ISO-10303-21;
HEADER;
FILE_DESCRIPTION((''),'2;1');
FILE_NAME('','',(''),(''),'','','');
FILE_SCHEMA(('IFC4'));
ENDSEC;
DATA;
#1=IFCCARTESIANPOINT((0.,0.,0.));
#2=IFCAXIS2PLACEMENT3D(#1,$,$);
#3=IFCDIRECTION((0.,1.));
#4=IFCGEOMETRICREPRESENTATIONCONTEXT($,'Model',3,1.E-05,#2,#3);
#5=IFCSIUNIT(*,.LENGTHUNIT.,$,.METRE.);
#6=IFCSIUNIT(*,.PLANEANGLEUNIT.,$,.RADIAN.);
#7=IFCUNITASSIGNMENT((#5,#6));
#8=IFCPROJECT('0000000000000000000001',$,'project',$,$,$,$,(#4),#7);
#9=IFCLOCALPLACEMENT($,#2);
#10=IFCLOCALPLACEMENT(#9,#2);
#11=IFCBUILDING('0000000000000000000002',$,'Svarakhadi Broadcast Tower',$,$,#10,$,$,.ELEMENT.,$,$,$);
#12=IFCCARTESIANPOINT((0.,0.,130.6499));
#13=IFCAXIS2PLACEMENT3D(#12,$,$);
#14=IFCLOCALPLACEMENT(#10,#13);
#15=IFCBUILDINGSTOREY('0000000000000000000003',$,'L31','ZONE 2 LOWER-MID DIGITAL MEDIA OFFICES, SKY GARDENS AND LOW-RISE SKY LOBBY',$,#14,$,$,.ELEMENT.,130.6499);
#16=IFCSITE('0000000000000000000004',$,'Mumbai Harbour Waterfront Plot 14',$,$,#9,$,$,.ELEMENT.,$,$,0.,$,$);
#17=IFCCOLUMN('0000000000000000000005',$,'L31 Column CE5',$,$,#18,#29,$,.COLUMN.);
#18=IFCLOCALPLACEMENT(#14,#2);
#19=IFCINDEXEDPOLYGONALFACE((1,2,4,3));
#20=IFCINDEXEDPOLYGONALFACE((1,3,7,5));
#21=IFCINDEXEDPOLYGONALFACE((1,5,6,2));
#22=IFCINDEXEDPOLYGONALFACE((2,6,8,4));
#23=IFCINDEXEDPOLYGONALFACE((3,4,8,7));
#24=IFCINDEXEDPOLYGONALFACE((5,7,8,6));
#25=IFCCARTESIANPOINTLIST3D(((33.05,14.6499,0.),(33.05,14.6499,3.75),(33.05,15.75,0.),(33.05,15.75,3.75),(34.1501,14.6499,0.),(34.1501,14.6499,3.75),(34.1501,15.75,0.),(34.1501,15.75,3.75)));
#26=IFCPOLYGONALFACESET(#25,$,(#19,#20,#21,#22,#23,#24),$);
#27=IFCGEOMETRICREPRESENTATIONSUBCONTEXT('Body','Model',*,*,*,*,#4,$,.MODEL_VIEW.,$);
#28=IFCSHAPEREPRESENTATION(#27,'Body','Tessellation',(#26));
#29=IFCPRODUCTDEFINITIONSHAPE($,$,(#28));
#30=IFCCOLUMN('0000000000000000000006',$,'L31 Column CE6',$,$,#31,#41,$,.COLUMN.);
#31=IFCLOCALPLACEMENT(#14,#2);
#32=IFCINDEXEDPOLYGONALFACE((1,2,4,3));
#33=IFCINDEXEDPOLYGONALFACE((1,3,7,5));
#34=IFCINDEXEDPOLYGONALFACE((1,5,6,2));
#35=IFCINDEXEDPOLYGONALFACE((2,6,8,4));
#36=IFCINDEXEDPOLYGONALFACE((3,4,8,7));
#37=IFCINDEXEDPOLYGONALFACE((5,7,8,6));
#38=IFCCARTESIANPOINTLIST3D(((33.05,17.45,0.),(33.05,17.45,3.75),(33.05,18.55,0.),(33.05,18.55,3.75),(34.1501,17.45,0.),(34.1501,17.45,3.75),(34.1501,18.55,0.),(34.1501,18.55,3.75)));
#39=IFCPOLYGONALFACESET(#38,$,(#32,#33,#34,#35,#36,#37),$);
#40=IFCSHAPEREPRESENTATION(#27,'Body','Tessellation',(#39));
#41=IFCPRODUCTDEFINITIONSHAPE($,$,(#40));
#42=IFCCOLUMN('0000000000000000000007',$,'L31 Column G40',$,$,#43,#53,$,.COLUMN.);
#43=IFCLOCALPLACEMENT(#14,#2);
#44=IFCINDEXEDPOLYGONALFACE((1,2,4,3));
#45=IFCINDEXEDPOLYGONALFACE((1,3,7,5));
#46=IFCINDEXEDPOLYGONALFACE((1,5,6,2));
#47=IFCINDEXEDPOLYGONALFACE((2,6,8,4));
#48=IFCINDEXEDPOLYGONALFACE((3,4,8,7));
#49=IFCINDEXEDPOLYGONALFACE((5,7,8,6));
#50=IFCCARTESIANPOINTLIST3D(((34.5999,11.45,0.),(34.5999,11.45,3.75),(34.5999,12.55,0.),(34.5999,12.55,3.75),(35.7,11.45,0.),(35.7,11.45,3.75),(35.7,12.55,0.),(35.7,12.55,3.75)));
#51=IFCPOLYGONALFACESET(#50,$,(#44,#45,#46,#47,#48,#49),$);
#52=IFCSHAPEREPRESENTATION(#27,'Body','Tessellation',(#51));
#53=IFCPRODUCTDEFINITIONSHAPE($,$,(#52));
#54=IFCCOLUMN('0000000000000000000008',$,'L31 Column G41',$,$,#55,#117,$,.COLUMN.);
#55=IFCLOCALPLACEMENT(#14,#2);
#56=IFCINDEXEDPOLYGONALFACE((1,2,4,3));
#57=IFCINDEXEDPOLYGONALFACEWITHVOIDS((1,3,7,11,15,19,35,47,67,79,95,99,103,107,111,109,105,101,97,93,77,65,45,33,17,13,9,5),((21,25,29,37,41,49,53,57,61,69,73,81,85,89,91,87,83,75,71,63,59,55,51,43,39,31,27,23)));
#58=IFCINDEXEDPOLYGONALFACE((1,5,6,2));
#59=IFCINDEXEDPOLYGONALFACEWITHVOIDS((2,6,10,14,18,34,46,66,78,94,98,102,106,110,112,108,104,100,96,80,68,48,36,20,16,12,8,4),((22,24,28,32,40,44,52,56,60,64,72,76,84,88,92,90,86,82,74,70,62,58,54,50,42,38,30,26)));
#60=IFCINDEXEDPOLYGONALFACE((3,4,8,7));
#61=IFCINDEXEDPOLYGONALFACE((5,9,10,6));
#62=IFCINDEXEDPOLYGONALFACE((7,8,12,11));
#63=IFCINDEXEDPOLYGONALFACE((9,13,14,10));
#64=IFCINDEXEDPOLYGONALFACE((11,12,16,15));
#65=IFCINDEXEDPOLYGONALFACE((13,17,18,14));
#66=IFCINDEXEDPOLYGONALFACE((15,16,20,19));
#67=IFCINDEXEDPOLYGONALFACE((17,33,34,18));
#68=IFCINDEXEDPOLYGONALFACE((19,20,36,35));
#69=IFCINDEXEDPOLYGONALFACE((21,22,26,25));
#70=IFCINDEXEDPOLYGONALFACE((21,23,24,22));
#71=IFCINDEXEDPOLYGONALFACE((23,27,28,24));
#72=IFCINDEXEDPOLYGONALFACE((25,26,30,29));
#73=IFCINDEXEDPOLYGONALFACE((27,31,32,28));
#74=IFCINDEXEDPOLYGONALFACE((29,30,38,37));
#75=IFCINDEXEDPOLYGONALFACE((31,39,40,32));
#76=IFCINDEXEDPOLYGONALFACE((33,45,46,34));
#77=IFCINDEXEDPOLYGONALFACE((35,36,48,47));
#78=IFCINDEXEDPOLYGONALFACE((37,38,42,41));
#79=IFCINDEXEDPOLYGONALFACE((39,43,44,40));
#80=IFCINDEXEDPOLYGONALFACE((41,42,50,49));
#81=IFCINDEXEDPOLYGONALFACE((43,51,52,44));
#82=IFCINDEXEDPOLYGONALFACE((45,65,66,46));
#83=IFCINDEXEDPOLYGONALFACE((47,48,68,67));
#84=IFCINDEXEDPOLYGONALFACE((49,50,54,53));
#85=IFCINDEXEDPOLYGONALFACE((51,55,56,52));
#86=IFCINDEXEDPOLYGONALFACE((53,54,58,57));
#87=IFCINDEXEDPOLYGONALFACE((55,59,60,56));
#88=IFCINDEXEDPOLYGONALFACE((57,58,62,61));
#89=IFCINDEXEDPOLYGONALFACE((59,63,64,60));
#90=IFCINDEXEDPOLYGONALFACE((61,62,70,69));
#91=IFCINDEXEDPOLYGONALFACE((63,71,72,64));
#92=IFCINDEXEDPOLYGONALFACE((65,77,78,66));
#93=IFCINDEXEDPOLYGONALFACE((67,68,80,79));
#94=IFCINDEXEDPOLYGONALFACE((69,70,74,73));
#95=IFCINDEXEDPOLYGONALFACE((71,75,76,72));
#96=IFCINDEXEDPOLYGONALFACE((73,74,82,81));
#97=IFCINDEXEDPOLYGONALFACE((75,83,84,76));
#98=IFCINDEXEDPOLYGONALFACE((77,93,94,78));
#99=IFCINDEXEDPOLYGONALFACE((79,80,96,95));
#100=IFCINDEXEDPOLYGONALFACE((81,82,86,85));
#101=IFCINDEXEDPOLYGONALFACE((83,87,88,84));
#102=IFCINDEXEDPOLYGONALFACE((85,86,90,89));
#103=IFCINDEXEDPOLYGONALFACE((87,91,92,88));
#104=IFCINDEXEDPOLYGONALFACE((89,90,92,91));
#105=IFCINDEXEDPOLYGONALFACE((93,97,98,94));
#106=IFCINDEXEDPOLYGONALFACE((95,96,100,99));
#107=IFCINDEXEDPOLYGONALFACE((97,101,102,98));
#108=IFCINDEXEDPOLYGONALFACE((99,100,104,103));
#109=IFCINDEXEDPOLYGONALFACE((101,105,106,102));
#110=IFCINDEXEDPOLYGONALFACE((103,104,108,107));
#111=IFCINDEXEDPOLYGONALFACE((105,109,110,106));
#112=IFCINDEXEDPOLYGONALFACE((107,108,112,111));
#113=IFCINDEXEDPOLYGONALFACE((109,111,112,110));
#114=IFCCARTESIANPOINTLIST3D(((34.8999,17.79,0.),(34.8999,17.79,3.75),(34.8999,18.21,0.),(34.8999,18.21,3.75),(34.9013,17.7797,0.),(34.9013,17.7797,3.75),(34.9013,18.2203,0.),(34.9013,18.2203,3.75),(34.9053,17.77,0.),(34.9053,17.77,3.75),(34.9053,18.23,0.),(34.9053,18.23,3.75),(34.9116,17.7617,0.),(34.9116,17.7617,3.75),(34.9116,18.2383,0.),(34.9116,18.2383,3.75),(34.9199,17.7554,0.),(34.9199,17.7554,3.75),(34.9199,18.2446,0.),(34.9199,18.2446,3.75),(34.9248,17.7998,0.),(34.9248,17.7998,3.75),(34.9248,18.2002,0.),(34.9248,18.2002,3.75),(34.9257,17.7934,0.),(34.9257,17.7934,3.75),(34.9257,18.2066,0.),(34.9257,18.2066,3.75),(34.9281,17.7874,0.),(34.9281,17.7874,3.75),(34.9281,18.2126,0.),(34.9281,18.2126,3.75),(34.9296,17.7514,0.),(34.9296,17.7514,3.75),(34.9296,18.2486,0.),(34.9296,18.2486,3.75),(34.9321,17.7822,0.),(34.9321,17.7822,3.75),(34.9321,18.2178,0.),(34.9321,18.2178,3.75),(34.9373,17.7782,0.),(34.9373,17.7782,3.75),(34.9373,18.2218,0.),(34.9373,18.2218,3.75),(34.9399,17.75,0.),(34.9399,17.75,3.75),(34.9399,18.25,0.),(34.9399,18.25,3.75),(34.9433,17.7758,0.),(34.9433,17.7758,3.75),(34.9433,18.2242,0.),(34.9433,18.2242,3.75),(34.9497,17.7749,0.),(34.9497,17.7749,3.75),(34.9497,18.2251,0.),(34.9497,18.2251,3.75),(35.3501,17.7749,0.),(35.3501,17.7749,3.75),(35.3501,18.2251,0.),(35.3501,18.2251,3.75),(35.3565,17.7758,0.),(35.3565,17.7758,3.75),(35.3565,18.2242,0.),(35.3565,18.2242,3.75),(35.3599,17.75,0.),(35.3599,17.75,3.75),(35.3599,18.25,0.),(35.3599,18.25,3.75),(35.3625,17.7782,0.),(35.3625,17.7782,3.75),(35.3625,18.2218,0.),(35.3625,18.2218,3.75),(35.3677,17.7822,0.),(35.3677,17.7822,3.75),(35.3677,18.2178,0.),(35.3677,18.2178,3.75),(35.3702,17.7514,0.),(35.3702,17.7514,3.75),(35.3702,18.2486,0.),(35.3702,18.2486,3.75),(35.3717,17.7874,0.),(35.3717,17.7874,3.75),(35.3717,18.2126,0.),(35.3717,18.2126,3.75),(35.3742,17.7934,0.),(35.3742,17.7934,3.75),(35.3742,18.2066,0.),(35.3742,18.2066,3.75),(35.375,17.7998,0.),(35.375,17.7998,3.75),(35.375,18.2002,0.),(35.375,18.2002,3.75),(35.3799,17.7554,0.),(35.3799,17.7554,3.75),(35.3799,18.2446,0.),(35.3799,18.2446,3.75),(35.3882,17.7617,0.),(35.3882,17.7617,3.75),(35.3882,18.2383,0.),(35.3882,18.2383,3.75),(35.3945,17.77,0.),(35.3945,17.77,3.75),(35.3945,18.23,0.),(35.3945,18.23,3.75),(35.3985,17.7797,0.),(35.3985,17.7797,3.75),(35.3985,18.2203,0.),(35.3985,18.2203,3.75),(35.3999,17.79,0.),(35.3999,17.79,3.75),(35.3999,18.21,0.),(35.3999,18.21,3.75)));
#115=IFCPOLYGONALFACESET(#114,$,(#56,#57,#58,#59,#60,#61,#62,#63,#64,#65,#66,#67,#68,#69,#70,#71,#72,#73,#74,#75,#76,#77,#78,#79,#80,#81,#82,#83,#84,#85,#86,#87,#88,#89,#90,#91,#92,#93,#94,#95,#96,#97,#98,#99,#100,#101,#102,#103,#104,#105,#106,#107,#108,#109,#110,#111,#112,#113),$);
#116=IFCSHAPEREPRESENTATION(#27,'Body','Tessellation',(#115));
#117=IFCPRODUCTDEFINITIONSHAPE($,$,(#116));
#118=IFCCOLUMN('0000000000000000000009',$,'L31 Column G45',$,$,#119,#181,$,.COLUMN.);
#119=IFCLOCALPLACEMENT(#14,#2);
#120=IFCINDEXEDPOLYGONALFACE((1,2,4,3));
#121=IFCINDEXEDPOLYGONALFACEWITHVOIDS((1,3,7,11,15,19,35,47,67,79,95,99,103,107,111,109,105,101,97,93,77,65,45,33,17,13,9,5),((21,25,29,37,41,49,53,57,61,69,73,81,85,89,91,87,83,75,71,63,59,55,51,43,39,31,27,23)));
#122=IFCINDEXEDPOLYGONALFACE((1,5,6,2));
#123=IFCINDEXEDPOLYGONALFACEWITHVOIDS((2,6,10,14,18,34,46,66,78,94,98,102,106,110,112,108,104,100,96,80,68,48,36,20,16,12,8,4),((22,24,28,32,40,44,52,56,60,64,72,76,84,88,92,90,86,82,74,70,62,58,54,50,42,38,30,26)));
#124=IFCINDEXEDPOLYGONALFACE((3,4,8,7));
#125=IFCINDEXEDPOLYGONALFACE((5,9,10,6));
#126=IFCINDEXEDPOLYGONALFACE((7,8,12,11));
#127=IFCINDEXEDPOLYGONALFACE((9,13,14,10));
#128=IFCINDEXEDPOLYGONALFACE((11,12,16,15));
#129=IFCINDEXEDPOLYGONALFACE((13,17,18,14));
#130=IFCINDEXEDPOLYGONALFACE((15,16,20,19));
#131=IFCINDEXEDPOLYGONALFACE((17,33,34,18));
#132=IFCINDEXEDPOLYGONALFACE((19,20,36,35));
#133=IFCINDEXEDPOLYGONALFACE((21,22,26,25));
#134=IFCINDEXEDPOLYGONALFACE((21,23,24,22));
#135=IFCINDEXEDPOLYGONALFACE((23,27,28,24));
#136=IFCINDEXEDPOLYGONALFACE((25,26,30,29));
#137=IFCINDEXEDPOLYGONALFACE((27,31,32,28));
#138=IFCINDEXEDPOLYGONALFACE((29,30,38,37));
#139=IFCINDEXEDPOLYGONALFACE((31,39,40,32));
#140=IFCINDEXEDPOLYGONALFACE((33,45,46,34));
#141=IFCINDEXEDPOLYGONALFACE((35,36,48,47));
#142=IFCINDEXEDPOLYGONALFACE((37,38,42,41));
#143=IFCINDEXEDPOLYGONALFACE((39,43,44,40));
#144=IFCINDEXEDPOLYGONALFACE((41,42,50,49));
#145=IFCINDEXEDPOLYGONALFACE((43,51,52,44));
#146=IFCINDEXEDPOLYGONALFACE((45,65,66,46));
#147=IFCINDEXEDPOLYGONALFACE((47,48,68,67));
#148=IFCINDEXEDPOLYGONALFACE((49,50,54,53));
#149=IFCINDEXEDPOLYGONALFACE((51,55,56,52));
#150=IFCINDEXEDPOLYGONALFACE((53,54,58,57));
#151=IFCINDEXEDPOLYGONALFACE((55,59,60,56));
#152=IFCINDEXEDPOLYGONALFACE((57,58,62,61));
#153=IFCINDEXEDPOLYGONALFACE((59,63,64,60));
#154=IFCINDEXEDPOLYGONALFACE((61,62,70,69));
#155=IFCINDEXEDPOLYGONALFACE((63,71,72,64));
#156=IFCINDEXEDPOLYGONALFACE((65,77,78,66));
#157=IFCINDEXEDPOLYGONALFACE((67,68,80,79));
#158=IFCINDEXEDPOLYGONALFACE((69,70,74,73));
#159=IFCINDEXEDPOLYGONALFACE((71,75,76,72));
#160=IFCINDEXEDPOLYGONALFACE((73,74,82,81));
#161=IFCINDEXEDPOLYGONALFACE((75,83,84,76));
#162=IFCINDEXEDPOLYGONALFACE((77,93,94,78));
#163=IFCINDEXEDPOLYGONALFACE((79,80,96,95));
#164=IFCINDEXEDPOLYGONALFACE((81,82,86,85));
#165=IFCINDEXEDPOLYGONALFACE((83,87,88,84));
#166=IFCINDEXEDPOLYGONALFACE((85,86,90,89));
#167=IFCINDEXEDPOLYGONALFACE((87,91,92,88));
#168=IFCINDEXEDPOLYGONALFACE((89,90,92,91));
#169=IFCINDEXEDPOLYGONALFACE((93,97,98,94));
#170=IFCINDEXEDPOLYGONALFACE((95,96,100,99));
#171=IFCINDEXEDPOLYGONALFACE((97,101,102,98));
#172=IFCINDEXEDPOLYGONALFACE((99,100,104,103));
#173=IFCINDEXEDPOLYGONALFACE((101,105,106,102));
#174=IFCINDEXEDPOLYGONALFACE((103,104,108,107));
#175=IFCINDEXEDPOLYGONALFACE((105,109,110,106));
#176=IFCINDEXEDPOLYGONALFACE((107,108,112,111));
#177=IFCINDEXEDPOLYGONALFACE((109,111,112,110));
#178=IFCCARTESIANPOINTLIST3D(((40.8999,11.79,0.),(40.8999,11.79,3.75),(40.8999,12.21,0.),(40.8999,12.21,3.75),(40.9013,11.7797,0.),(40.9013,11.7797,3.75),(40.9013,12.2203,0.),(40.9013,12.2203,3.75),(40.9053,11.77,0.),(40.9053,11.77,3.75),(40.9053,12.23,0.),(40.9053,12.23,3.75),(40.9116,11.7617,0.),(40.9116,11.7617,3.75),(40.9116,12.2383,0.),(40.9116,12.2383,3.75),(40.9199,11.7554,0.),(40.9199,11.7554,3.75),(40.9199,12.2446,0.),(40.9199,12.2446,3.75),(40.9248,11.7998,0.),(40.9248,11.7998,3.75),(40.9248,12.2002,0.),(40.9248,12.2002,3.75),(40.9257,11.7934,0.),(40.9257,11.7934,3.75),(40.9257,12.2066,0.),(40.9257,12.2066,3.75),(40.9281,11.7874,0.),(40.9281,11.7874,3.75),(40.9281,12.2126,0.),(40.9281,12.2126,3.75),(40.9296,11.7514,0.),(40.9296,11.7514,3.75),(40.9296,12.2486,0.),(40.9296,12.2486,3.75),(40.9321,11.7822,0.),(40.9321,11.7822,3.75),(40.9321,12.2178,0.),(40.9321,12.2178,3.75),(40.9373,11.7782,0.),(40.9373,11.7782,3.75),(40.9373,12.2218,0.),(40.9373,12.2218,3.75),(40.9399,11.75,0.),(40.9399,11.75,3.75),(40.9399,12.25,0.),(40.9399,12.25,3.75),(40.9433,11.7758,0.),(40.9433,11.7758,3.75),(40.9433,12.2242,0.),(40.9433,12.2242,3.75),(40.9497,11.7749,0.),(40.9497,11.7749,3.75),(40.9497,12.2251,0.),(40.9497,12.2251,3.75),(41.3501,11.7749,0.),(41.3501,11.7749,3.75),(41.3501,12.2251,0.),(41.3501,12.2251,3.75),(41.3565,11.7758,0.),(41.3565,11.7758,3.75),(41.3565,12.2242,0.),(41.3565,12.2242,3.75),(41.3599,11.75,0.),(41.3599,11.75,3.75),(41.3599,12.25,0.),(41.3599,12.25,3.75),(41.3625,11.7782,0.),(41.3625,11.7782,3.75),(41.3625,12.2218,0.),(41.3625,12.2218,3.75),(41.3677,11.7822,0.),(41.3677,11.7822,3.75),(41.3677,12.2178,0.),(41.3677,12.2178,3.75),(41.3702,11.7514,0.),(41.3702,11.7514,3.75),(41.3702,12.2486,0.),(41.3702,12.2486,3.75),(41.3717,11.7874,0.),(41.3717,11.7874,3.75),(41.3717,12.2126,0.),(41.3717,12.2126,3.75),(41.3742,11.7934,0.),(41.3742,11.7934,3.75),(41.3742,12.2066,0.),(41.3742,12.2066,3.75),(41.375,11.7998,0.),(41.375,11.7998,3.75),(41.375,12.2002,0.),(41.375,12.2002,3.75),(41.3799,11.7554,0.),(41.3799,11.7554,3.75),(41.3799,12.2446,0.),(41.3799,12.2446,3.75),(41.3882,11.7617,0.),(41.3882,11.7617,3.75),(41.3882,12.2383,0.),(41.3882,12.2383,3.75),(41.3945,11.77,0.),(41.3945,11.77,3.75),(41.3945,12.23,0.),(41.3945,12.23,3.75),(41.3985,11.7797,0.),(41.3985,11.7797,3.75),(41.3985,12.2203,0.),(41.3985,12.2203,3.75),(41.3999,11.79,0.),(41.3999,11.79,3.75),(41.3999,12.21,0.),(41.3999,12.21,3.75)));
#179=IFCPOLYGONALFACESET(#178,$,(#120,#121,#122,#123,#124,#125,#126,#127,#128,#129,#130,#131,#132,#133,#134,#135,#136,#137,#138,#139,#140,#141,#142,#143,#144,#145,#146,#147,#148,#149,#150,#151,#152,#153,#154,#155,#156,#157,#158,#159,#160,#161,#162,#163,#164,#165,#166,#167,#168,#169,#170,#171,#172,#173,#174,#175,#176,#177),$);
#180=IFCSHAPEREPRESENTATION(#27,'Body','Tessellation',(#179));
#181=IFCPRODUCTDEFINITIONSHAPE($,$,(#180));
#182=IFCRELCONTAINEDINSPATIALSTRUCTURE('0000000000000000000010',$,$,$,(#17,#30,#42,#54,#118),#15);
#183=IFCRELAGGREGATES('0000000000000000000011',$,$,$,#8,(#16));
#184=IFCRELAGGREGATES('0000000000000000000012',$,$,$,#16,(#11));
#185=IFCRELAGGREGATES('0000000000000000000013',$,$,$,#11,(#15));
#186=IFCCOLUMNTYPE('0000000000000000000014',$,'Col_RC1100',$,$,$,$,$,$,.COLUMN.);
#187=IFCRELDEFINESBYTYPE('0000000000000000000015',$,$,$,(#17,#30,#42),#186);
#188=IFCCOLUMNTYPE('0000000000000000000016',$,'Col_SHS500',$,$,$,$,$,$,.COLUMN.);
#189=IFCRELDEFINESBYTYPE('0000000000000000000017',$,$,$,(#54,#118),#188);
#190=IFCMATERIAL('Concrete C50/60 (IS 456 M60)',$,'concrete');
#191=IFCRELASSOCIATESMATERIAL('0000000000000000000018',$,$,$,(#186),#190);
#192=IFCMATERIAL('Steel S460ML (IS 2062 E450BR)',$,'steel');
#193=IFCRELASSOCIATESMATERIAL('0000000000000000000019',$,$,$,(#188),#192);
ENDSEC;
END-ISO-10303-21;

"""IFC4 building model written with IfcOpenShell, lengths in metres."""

from ifc_helpers import new_model, si_unit, direction, frame, origin, origin_2d, place, context, subcontext, project, spatial, rectangle, hollow_rectangle, extrude, material, material_profile, profile_set, type_object, element, save


model = new_model("IFC4")

# Units and contexts
model_context = context("Model", 3, precision=1e-05, world=origin(), true_north=direction((0.0, 1.0)))
body_context = subcontext(model_context, "Body", "Model", "MODEL_VIEW")
ifc_project = project(units=[si_unit("LENGTHUNIT", "METRE"), si_unit("PLANEANGLEUNIT", "RADIAN")], contexts=[model_context])

# Site, building, storey
site_placement = place(None, origin())
site = spatial("IfcSite", under=ifc_project, at=site_placement, Name="Mumbai Harbour Waterfront Plot 14", CompositionType="ELEMENT", RefElevation=0.0)
building_placement = place(site_placement, origin())
building = spatial("IfcBuilding", under=site, at=building_placement, Name="Svarakhadi Broadcast Tower", CompositionType="ELEMENT")
storey_placement = place(building_placement, frame((0.0, 0.0, 130.6499)))
storey = spatial("IfcBuildingStorey", under=building, at=storey_placement, Name="L31", Description="ZONE 2 LOWER-MID DIGITAL MEDIA OFFICES, SKY GARDENS AND LOW-RISE SKY LOBBY", CompositionType="ELEMENT", Elevation=130.6499)

# Columns
ifc_material_1 = material(Name="Concrete C50/60 (IS 456 M60)", Category="concrete")
ifc_material_profile_1 = material_profile(ifc_material_1, rectangle(XDim=1.1001, YDim=1.1001, at=origin_2d()), Name="RC 1100x1100")
ifc_profile_set_1 = profile_set([ifc_material_profile_1], Name="Concrete C50/60 (IS 456 M60)")
column_type_1 = type_object("IfcColumnType", Name="Col_RC1100", PredefinedType="COLUMN", material=ifc_profile_set_1)
for number, where, z_axis, x_axis, name in (
    (1, (33.6001, 15.2, 0.0), (0.0, 0.0, 1.0), (1.0, 0.0, 0.0), "L31 Column CE5"),
    (2, (33.6001, 18.0, 0.0), (0.0, 0.0, 1.0), (1.0, 0.0, 0.0), "L31 Column CE6"),
    (3, (35.1499, 12.0, 0.0), (0.0, 0.0, 1.0), (1.0, 0.0, 0.0), "L31 Column G40"),
):
    element("IfcColumn", number, at=place(storey_placement, frame(where, z_axis=z_axis, x_axis=x_axis)), inside=storey, type_object=column_type_1, Name=name, PredefinedType="COLUMN", context=body_context, shape_type="SweptSolid", body=[
        extrude(rectangle(XDim=1.1001, YDim=1.1001, at=origin_2d()), origin(), (0.0, 0.0, 1.0), 3.75),
    ])
ifc_material_2 = material(Name="Steel S460ML (IS 2062 E450BR)", Category="steel")
ifc_material_profile_2 = material_profile(ifc_material_2, hollow_rectangle(XDim=0.5, YDim=0.5, WallThickness=0.0249, InnerFilletRadius=0.0249, OuterFilletRadius=0.04, at=origin_2d()), Name="SHS 500x500x25")
ifc_profile_set_2 = profile_set([ifc_material_profile_2], Name="Steel S460ML (IS 2062 E450BR)")
column_type_2 = type_object("IfcColumnType", Name="Col_SHS500", PredefinedType="COLUMN", material=ifc_profile_set_2)
for number, where, z_axis, x_axis, name in (
    (4, (35.1499, 18.0, 0.0), (0.0, 0.0, 1.0), (1.0, 0.0, 0.0), "L31 Column G41"),
    (5, (41.1499, 12.0, 0.0), (0.0, 0.0, 1.0), (1.0, 0.0, 0.0), "L31 Column G45"),
):
    element("IfcColumn", number, at=place(storey_placement, frame(where, z_axis=z_axis, x_axis=x_axis)), inside=storey, type_object=column_type_2, Name=name, PredefinedType="COLUMN", context=body_context, shape_type="SweptSolid", body=[
        extrude(hollow_rectangle(XDim=0.5, YDim=0.5, WallThickness=0.0249, InnerFilletRadius=0.0249, OuterFilletRadius=0.04, at=origin_2d()), origin(), (0.0, 0.0, 1.0), 3.75),
    ])

save(model, "model.ifc")
